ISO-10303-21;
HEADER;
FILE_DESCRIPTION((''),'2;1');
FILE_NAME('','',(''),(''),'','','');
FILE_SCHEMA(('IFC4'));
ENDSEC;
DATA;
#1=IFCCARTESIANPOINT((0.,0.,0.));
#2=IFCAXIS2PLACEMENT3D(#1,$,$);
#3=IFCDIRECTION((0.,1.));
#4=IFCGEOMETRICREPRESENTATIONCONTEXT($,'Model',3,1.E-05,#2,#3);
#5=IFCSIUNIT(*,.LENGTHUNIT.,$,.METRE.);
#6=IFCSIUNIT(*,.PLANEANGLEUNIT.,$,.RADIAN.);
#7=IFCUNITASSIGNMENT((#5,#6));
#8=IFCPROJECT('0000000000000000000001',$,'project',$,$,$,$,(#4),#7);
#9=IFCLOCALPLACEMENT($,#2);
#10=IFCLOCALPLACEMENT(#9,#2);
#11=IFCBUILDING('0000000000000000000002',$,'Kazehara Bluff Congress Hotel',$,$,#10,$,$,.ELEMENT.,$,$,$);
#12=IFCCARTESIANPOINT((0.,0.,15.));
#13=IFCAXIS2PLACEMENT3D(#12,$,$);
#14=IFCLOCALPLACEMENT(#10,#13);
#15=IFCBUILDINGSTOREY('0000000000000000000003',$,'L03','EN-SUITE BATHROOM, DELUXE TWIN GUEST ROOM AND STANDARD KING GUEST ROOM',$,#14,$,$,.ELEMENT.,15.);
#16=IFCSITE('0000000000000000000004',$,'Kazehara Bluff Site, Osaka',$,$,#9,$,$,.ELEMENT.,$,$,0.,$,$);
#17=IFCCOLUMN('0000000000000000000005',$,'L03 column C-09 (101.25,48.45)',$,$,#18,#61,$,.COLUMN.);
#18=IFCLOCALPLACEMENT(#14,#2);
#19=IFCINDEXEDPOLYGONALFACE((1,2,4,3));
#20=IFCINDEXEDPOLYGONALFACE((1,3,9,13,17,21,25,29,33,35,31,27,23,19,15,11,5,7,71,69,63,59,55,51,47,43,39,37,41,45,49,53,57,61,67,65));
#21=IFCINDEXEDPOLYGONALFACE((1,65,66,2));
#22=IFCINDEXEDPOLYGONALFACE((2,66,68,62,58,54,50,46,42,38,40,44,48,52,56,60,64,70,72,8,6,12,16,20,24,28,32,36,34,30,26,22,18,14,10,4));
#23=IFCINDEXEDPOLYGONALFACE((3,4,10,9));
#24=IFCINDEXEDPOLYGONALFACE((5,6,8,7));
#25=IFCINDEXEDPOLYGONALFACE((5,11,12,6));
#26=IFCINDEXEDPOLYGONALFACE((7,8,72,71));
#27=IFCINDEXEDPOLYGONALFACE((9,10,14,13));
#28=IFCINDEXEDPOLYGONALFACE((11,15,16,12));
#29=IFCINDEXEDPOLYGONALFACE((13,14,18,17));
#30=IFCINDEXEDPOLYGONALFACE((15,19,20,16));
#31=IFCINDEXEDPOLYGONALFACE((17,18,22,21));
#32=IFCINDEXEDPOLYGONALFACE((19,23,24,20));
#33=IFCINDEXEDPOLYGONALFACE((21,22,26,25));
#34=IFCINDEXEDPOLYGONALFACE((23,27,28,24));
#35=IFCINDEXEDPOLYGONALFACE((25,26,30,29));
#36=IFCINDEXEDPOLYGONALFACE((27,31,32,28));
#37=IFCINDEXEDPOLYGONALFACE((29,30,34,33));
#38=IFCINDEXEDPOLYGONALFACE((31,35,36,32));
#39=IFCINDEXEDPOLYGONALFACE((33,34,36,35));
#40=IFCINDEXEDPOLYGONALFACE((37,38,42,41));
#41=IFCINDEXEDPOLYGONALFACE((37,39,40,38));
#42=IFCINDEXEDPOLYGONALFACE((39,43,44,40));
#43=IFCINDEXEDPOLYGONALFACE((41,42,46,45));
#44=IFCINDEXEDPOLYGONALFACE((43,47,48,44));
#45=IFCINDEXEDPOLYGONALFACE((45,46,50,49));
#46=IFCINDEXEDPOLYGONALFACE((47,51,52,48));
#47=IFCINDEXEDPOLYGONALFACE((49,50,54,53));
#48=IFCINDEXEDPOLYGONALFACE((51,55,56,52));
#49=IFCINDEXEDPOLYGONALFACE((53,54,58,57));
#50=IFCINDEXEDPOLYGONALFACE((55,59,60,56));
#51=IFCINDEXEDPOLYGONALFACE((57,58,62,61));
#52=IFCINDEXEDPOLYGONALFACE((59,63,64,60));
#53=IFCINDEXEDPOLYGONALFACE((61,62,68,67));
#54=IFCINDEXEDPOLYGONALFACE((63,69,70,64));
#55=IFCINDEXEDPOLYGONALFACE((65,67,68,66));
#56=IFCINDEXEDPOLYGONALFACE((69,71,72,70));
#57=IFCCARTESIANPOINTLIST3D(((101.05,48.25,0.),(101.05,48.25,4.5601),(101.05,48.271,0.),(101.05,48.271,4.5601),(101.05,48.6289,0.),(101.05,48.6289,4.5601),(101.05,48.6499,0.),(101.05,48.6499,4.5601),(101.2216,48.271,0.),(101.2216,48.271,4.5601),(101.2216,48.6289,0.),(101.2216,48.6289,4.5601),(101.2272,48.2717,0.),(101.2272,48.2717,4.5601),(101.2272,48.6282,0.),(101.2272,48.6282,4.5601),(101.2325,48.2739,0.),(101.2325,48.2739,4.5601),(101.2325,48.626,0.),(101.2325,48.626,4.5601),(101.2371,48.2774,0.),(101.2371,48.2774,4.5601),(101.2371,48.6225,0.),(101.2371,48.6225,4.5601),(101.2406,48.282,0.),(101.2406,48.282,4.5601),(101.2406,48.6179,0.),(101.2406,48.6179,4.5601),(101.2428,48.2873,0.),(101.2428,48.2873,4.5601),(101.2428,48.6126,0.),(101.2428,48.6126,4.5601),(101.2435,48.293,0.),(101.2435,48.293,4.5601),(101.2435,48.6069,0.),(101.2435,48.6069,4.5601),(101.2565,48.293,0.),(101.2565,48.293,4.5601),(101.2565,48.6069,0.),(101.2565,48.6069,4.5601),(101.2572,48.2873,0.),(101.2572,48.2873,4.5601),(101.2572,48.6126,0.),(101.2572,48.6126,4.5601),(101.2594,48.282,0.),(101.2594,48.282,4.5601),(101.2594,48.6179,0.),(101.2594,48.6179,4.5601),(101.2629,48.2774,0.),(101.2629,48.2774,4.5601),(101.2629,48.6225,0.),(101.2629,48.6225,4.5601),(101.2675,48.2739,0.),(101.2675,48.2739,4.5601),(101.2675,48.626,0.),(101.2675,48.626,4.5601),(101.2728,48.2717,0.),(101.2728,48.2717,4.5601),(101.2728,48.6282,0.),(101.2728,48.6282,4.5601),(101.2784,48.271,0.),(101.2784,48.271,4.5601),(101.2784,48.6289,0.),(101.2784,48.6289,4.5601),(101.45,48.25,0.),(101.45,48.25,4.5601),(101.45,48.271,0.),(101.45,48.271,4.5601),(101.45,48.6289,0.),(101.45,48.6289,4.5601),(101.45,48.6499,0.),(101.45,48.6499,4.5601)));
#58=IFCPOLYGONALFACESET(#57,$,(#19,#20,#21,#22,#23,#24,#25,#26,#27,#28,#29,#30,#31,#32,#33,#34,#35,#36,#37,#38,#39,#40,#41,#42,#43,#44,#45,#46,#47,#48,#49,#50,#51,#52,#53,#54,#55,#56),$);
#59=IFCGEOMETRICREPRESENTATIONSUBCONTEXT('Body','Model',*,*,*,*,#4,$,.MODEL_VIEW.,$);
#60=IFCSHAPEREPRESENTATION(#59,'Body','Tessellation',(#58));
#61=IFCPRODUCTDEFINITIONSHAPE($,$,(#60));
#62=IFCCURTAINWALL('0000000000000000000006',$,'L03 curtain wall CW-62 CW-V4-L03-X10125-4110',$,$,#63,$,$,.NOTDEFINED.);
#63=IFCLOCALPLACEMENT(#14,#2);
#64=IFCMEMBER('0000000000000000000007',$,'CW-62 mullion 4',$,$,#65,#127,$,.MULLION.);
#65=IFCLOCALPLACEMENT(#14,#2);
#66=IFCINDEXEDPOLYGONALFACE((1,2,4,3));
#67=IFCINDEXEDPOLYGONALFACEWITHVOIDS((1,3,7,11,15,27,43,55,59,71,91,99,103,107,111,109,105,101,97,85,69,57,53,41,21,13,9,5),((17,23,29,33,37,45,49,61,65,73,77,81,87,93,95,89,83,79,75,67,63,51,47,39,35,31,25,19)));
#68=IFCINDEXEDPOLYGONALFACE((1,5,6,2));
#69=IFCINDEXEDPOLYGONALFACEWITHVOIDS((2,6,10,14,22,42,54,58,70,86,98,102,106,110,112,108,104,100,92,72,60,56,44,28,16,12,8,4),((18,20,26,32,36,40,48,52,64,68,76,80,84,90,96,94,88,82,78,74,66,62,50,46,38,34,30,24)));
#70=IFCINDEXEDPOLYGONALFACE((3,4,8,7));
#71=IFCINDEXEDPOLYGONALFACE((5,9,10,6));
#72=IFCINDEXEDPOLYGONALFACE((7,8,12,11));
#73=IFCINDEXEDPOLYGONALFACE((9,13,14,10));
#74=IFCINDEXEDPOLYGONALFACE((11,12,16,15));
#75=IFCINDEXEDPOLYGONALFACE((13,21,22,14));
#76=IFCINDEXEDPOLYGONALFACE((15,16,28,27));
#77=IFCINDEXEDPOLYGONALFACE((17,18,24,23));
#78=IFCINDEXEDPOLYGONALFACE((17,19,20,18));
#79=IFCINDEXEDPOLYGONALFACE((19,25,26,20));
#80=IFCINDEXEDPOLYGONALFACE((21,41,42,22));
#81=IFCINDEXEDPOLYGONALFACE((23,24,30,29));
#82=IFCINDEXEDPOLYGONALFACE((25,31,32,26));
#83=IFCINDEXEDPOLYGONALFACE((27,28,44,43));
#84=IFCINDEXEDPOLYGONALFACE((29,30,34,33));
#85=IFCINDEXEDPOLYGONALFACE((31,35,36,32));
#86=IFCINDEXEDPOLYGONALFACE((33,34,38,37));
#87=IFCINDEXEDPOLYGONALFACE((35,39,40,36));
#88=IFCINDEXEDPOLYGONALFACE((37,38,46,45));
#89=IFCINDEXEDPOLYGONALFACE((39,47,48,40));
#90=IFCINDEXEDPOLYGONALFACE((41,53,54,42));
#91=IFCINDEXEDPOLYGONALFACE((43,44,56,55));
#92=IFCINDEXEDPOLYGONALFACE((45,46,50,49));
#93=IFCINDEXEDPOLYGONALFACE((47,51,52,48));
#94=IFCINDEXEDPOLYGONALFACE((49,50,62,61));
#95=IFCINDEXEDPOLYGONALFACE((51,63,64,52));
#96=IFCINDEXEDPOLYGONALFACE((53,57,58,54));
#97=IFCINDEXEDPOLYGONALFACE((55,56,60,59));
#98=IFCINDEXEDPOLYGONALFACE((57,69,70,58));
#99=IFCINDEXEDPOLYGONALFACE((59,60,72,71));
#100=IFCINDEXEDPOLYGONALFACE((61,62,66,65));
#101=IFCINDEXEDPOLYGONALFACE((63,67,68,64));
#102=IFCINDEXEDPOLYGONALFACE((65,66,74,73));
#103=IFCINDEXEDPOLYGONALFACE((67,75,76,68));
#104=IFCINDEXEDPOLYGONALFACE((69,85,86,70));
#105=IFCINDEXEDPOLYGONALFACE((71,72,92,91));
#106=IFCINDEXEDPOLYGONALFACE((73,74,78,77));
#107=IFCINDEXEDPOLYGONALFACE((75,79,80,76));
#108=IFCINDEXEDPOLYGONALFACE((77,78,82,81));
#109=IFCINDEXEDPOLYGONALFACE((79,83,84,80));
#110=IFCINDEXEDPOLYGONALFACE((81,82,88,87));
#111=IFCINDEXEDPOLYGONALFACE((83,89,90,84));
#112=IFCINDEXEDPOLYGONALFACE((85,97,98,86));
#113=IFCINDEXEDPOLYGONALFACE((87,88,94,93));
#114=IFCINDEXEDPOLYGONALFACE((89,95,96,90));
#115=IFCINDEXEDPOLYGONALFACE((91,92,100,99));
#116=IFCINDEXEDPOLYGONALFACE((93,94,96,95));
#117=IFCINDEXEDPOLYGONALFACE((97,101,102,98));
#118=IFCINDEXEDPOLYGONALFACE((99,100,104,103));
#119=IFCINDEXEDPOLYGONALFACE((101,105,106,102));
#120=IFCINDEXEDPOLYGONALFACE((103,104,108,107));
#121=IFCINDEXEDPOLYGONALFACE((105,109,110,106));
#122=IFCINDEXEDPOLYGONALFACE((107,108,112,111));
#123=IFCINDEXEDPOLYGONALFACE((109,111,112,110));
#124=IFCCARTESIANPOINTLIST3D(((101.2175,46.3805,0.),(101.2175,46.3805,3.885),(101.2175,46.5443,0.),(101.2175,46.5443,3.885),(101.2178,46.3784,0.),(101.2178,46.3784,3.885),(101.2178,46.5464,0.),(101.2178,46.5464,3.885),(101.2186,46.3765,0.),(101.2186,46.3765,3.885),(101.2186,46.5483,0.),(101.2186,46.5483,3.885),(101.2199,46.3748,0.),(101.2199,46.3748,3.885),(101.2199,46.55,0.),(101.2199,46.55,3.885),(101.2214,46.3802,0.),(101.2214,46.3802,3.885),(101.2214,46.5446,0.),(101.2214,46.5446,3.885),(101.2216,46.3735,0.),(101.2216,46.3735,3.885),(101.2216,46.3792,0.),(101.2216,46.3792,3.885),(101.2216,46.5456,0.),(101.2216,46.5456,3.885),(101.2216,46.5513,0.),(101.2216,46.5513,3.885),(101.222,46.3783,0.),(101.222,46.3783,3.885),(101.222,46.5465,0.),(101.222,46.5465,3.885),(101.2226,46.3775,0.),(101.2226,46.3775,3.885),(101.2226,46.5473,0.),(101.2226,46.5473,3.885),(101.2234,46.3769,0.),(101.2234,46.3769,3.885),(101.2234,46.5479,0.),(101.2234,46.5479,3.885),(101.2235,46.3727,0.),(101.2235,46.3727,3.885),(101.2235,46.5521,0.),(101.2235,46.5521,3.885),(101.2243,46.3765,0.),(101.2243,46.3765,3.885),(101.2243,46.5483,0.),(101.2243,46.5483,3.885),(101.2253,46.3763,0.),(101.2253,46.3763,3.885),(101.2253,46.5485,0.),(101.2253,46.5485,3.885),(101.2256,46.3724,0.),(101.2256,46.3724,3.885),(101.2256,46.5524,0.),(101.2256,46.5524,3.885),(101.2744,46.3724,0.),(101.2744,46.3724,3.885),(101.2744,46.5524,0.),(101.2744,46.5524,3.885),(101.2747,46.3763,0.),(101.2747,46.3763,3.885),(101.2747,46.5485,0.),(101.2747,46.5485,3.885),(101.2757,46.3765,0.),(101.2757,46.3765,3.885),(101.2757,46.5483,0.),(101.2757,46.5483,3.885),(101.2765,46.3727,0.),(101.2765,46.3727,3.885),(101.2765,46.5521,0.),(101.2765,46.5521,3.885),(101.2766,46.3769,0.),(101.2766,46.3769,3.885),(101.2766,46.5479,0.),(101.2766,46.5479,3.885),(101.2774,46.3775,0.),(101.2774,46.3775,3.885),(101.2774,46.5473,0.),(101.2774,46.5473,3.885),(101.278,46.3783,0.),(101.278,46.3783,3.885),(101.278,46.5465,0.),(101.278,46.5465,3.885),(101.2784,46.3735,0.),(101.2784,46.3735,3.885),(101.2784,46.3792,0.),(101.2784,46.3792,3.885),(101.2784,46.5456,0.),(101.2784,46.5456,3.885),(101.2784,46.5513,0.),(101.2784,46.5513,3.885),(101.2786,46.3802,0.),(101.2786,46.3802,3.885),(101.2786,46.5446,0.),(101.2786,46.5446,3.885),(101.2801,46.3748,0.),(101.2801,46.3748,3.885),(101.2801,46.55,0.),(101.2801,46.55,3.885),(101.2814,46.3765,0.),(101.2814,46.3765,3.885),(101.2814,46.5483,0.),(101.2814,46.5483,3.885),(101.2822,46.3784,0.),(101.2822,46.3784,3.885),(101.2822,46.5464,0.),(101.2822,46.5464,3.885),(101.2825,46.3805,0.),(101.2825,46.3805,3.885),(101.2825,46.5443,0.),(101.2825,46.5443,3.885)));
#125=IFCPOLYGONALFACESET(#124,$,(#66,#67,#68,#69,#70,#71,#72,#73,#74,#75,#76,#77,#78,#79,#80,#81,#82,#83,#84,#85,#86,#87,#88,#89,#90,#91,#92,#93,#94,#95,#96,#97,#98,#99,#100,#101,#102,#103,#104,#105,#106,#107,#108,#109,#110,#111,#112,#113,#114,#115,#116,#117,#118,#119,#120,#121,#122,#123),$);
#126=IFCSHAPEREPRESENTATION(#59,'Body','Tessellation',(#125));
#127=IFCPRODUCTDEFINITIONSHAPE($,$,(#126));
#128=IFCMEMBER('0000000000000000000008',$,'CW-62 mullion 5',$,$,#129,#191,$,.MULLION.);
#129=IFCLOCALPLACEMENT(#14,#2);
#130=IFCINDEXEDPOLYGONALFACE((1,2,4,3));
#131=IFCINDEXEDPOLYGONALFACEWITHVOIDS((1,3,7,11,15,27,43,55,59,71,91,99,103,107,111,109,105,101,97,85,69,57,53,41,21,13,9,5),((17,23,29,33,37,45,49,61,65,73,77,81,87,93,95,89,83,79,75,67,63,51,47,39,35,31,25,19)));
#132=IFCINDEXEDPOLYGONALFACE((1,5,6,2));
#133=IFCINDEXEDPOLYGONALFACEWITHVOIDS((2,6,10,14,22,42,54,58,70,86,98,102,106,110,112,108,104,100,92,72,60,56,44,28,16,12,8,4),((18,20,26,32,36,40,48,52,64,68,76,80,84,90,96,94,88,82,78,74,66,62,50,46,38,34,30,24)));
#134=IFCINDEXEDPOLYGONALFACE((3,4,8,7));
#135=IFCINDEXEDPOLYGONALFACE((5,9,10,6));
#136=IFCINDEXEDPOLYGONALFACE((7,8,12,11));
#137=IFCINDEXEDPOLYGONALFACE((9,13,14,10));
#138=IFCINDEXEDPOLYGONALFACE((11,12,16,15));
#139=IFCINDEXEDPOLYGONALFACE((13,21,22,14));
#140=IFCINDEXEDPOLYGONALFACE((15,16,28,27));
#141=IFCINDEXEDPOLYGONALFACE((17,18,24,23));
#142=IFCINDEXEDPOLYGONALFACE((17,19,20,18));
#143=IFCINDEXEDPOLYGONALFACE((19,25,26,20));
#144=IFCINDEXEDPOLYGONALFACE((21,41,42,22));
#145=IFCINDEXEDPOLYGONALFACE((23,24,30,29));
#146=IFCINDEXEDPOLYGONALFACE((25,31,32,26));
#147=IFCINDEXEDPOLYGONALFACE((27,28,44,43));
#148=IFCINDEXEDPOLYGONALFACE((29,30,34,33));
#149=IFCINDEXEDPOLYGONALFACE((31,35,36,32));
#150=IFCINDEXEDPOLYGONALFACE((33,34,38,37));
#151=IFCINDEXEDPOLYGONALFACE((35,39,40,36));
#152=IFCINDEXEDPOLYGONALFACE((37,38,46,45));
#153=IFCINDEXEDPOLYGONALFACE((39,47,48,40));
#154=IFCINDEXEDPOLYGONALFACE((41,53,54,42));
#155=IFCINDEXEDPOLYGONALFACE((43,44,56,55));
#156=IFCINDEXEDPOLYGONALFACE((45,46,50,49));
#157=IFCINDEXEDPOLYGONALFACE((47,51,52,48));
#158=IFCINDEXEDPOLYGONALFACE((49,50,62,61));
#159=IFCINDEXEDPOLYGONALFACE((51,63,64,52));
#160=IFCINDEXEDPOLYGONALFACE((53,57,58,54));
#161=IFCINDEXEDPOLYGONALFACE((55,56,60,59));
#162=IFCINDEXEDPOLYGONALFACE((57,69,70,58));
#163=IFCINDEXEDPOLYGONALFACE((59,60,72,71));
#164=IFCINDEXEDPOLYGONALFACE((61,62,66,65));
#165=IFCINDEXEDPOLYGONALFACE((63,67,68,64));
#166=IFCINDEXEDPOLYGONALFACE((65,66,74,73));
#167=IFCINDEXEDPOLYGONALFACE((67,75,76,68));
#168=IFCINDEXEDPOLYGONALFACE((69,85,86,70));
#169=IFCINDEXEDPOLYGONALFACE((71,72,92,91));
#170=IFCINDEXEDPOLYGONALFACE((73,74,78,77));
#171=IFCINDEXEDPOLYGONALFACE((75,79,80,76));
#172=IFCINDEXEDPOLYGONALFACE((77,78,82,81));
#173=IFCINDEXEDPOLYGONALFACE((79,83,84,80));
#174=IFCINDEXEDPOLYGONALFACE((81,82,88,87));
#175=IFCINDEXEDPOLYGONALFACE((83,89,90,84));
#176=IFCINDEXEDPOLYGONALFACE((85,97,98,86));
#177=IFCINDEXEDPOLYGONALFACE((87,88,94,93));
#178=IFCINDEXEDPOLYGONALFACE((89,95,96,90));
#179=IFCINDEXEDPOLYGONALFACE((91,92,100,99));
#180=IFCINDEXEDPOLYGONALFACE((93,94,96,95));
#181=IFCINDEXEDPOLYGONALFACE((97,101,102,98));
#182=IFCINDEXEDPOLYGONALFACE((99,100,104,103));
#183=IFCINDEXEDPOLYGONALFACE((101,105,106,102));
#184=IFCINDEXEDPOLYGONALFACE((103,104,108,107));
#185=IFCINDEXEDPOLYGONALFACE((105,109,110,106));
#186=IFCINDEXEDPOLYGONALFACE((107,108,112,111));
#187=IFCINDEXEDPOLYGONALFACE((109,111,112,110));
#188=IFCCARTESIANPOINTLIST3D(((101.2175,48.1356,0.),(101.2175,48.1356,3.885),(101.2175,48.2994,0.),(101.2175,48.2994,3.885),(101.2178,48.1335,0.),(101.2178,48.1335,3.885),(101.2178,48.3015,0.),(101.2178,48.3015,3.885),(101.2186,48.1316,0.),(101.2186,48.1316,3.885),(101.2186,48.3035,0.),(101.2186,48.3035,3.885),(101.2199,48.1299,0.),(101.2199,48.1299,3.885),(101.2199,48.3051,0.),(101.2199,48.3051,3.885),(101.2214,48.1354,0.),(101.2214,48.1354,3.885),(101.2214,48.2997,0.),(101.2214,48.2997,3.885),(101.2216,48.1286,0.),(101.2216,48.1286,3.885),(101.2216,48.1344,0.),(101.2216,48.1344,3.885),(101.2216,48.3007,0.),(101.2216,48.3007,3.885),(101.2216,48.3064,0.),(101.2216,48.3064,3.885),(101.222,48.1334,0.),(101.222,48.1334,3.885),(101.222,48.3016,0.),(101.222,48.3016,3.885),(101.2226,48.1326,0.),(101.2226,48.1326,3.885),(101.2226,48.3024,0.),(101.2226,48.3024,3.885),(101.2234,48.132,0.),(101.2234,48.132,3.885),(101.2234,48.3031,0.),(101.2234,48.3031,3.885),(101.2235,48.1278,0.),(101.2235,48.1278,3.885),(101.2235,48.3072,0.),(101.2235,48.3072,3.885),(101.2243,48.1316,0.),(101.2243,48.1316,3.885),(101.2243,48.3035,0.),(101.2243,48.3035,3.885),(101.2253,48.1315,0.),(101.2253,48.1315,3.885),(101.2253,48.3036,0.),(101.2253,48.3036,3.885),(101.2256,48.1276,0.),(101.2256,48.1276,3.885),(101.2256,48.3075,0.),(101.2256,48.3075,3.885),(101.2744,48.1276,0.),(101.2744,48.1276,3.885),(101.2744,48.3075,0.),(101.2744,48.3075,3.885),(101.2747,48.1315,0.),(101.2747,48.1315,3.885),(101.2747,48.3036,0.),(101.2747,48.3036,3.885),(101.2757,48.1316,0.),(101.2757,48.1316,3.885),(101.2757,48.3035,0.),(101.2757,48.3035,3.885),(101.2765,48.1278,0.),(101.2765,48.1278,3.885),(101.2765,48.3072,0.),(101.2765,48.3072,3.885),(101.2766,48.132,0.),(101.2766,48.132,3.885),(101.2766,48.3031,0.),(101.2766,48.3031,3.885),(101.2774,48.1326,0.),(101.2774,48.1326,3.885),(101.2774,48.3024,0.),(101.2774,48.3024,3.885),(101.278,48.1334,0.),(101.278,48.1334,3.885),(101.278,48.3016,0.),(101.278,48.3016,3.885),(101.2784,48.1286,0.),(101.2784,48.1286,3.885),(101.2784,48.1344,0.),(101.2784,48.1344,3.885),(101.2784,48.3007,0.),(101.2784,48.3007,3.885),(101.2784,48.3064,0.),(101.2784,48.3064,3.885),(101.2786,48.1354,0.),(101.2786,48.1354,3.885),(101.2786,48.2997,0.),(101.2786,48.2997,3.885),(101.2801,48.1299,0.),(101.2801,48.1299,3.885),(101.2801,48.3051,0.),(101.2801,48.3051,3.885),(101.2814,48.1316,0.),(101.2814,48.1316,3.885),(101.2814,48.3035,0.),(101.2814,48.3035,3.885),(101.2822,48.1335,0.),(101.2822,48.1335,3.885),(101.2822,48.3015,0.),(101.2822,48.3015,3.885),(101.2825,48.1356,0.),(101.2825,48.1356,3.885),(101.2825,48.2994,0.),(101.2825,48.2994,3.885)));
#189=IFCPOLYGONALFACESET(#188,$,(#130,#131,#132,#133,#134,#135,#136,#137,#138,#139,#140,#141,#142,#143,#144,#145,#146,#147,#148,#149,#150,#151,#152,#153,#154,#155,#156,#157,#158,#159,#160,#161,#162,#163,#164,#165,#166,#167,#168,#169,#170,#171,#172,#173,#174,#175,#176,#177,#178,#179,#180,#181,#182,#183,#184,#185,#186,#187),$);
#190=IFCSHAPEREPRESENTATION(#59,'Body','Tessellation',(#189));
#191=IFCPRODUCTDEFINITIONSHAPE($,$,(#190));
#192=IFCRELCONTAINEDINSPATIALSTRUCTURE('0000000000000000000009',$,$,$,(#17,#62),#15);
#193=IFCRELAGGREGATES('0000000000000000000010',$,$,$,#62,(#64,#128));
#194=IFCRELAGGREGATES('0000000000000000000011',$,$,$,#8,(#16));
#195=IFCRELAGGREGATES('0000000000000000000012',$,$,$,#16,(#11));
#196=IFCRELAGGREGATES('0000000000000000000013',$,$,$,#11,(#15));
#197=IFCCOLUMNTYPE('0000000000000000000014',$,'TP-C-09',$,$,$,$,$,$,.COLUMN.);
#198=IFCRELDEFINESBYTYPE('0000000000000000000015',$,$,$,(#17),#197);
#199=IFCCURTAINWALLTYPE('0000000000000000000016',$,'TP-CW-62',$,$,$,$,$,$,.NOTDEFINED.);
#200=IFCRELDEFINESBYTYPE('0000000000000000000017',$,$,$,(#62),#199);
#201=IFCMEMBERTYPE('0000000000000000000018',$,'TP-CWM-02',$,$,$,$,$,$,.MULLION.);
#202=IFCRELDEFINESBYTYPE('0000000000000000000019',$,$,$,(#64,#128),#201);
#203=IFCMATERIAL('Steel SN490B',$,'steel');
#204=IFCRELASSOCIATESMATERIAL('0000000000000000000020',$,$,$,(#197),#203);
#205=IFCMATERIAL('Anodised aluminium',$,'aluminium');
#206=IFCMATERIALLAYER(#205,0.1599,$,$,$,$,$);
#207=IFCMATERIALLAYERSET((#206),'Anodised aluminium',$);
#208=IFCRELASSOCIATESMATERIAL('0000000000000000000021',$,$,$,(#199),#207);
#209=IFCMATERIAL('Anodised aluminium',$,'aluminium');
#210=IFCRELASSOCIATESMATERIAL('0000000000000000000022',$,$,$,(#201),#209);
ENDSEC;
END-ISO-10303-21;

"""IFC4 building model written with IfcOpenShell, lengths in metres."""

from ifc_helpers import new_model, si_unit, direction, frame, origin, origin_2d, place, context, subcontext, project, spatial, hollow_rectangle, i_section, extrude, material, layer, layer_set, material_profile, profile_set, type_object, element, aggregate, save


model = new_model("IFC4")

# Units and contexts
model_context = context("Model", 3, precision=1e-05, world=origin(), true_north=direction((0.0, 1.0)))
body_context = subcontext(model_context, "Body", "Model", "MODEL_VIEW")
ifc_project = project(units=[si_unit("LENGTHUNIT", "METRE"), si_unit("PLANEANGLEUNIT", "RADIAN")], contexts=[model_context])

# Site, building, storey
site_placement = place(None, origin())
site = spatial("IfcSite", under=ifc_project, at=site_placement, Name="Kazehara Bluff Site, Osaka", CompositionType="ELEMENT", RefElevation=0.0)
building_placement = place(site_placement, origin())
building = spatial("IfcBuilding", under=site, at=building_placement, Name="Kazehara Bluff Congress Hotel", CompositionType="ELEMENT")
storey_placement = place(building_placement, frame((0.0, 0.0, 15.0)))
storey = spatial("IfcBuildingStorey", under=building, at=storey_placement, Name="L03", Description="EN-SUITE BATHROOM, DELUXE TWIN GUEST ROOM AND STANDARD KING GUEST ROOM", CompositionType="ELEMENT", Elevation=15.0)

# Column
ifc_material_1 = material(Name="Steel SN490B", Category="steel")
ifc_material_profile_1 = material_profile(ifc_material_1, i_section(OverallWidth=0.3999, OverallDepth=0.3999, WebThickness=0.0129, FlangeThickness=0.021, FilletRadius=0.022, at=origin_2d()))
ifc_profile_set_1 = profile_set([ifc_material_profile_1], Name="Steel SN490B")
column_type = type_object("IfcColumnType", Name="TP-C-09", PredefinedType="COLUMN", material=ifc_profile_set_1)
column_placement = place(storey_placement, frame((101.25, 48.45, 0.0), z_axis=(0.0, 0.0, 1.0), x_axis=(1.0, 0.0, 0.0)))
element("IfcColumn", 1, at=column_placement, inside=storey, type_object=column_type, Name="L03 column C-09 (101.25,48.45)", PredefinedType="COLUMN", context=body_context, shape_type="SweptSolid", body=[
    extrude(i_section(OverallWidth=0.3999, OverallDepth=0.3999, WebThickness=0.0129, FlangeThickness=0.021, FilletRadius=0.022, at=origin_2d()), origin(), (0.0, 0.0, 1.0), 4.5601),
])

# Curtain wall, members
ifc_material_2 = material(Name="Anodised aluminium", Category="aluminium")
ifc_layer_1 = layer(ifc_material_2, 0.1599)
ifc_layer_set_1 = layer_set([ifc_layer_1], Name="Anodised aluminium")
curtain_wall_type_1 = type_object("IfcCurtainWallType", Name="TP-CW-62", PredefinedType="NOTDEFINED", material=ifc_layer_set_1)
curtain_wall_1_placement = place(storey_placement, origin())
curtain_wall_1 = element("IfcCurtainWall", 2, at=curtain_wall_1_placement, inside=storey, type_object=curtain_wall_type_1, Name="L03 curtain wall CW-62 CW-V4-L03-X10125-4110", PredefinedType="NOTDEFINED")
ifc_material_3 = material(Name="Anodised aluminium", Category="aluminium")
ifc_material_profile_2 = material_profile(ifc_material_3, hollow_rectangle(XDim=0.0649, YDim=0.1799, WallThickness=0.0039, InnerFilletRadius=0.0039, OuterFilletRadius=0.0081, at=origin_2d()))
ifc_profile_set_2 = profile_set([ifc_material_profile_2], Name="Anodised aluminium")
member_type_1 = type_object("IfcMemberType", Name="TP-CWM-02", PredefinedType="MULLION", material=ifc_profile_set_2)
member_1_placement = place(storey_placement, frame((101.25, 46.4624, 0.0), z_axis=(0.0, 0.0, 1.0), x_axis=(-1.0, 0.0, 0.0)))
member_1 = element("IfcMember", 3, at=member_1_placement, type_object=member_type_1, Name="CW-62 mullion 4", PredefinedType="MULLION", context=body_context, shape_type="SweptSolid", body=[
    extrude(hollow_rectangle(XDim=0.0649, YDim=0.1799, WallThickness=0.0039, InnerFilletRadius=0.0039, OuterFilletRadius=0.0081, at=origin_2d()), origin(), (0.0, 0.0, 1.0), 3.885),
])
member_2_placement = place(storey_placement, frame((101.25, 48.2175, 0.0), z_axis=(0.0, 0.0, 1.0), x_axis=(-1.0, 0.0, 0.0)))
member_2 = element("IfcMember", 4, at=member_2_placement, type_object=member_type_1, Name="CW-62 mullion 5", PredefinedType="MULLION", context=body_context, shape_type="SweptSolid", body=[
    extrude(hollow_rectangle(XDim=0.0649, YDim=0.1799, WallThickness=0.0039, InnerFilletRadius=0.0039, OuterFilletRadius=0.0081, at=origin_2d()), origin(), (0.0, 0.0, 1.0), 3.885),
])

aggregate(curtain_wall_1, [member_1, member_2])

save(model, "model.ifc")
